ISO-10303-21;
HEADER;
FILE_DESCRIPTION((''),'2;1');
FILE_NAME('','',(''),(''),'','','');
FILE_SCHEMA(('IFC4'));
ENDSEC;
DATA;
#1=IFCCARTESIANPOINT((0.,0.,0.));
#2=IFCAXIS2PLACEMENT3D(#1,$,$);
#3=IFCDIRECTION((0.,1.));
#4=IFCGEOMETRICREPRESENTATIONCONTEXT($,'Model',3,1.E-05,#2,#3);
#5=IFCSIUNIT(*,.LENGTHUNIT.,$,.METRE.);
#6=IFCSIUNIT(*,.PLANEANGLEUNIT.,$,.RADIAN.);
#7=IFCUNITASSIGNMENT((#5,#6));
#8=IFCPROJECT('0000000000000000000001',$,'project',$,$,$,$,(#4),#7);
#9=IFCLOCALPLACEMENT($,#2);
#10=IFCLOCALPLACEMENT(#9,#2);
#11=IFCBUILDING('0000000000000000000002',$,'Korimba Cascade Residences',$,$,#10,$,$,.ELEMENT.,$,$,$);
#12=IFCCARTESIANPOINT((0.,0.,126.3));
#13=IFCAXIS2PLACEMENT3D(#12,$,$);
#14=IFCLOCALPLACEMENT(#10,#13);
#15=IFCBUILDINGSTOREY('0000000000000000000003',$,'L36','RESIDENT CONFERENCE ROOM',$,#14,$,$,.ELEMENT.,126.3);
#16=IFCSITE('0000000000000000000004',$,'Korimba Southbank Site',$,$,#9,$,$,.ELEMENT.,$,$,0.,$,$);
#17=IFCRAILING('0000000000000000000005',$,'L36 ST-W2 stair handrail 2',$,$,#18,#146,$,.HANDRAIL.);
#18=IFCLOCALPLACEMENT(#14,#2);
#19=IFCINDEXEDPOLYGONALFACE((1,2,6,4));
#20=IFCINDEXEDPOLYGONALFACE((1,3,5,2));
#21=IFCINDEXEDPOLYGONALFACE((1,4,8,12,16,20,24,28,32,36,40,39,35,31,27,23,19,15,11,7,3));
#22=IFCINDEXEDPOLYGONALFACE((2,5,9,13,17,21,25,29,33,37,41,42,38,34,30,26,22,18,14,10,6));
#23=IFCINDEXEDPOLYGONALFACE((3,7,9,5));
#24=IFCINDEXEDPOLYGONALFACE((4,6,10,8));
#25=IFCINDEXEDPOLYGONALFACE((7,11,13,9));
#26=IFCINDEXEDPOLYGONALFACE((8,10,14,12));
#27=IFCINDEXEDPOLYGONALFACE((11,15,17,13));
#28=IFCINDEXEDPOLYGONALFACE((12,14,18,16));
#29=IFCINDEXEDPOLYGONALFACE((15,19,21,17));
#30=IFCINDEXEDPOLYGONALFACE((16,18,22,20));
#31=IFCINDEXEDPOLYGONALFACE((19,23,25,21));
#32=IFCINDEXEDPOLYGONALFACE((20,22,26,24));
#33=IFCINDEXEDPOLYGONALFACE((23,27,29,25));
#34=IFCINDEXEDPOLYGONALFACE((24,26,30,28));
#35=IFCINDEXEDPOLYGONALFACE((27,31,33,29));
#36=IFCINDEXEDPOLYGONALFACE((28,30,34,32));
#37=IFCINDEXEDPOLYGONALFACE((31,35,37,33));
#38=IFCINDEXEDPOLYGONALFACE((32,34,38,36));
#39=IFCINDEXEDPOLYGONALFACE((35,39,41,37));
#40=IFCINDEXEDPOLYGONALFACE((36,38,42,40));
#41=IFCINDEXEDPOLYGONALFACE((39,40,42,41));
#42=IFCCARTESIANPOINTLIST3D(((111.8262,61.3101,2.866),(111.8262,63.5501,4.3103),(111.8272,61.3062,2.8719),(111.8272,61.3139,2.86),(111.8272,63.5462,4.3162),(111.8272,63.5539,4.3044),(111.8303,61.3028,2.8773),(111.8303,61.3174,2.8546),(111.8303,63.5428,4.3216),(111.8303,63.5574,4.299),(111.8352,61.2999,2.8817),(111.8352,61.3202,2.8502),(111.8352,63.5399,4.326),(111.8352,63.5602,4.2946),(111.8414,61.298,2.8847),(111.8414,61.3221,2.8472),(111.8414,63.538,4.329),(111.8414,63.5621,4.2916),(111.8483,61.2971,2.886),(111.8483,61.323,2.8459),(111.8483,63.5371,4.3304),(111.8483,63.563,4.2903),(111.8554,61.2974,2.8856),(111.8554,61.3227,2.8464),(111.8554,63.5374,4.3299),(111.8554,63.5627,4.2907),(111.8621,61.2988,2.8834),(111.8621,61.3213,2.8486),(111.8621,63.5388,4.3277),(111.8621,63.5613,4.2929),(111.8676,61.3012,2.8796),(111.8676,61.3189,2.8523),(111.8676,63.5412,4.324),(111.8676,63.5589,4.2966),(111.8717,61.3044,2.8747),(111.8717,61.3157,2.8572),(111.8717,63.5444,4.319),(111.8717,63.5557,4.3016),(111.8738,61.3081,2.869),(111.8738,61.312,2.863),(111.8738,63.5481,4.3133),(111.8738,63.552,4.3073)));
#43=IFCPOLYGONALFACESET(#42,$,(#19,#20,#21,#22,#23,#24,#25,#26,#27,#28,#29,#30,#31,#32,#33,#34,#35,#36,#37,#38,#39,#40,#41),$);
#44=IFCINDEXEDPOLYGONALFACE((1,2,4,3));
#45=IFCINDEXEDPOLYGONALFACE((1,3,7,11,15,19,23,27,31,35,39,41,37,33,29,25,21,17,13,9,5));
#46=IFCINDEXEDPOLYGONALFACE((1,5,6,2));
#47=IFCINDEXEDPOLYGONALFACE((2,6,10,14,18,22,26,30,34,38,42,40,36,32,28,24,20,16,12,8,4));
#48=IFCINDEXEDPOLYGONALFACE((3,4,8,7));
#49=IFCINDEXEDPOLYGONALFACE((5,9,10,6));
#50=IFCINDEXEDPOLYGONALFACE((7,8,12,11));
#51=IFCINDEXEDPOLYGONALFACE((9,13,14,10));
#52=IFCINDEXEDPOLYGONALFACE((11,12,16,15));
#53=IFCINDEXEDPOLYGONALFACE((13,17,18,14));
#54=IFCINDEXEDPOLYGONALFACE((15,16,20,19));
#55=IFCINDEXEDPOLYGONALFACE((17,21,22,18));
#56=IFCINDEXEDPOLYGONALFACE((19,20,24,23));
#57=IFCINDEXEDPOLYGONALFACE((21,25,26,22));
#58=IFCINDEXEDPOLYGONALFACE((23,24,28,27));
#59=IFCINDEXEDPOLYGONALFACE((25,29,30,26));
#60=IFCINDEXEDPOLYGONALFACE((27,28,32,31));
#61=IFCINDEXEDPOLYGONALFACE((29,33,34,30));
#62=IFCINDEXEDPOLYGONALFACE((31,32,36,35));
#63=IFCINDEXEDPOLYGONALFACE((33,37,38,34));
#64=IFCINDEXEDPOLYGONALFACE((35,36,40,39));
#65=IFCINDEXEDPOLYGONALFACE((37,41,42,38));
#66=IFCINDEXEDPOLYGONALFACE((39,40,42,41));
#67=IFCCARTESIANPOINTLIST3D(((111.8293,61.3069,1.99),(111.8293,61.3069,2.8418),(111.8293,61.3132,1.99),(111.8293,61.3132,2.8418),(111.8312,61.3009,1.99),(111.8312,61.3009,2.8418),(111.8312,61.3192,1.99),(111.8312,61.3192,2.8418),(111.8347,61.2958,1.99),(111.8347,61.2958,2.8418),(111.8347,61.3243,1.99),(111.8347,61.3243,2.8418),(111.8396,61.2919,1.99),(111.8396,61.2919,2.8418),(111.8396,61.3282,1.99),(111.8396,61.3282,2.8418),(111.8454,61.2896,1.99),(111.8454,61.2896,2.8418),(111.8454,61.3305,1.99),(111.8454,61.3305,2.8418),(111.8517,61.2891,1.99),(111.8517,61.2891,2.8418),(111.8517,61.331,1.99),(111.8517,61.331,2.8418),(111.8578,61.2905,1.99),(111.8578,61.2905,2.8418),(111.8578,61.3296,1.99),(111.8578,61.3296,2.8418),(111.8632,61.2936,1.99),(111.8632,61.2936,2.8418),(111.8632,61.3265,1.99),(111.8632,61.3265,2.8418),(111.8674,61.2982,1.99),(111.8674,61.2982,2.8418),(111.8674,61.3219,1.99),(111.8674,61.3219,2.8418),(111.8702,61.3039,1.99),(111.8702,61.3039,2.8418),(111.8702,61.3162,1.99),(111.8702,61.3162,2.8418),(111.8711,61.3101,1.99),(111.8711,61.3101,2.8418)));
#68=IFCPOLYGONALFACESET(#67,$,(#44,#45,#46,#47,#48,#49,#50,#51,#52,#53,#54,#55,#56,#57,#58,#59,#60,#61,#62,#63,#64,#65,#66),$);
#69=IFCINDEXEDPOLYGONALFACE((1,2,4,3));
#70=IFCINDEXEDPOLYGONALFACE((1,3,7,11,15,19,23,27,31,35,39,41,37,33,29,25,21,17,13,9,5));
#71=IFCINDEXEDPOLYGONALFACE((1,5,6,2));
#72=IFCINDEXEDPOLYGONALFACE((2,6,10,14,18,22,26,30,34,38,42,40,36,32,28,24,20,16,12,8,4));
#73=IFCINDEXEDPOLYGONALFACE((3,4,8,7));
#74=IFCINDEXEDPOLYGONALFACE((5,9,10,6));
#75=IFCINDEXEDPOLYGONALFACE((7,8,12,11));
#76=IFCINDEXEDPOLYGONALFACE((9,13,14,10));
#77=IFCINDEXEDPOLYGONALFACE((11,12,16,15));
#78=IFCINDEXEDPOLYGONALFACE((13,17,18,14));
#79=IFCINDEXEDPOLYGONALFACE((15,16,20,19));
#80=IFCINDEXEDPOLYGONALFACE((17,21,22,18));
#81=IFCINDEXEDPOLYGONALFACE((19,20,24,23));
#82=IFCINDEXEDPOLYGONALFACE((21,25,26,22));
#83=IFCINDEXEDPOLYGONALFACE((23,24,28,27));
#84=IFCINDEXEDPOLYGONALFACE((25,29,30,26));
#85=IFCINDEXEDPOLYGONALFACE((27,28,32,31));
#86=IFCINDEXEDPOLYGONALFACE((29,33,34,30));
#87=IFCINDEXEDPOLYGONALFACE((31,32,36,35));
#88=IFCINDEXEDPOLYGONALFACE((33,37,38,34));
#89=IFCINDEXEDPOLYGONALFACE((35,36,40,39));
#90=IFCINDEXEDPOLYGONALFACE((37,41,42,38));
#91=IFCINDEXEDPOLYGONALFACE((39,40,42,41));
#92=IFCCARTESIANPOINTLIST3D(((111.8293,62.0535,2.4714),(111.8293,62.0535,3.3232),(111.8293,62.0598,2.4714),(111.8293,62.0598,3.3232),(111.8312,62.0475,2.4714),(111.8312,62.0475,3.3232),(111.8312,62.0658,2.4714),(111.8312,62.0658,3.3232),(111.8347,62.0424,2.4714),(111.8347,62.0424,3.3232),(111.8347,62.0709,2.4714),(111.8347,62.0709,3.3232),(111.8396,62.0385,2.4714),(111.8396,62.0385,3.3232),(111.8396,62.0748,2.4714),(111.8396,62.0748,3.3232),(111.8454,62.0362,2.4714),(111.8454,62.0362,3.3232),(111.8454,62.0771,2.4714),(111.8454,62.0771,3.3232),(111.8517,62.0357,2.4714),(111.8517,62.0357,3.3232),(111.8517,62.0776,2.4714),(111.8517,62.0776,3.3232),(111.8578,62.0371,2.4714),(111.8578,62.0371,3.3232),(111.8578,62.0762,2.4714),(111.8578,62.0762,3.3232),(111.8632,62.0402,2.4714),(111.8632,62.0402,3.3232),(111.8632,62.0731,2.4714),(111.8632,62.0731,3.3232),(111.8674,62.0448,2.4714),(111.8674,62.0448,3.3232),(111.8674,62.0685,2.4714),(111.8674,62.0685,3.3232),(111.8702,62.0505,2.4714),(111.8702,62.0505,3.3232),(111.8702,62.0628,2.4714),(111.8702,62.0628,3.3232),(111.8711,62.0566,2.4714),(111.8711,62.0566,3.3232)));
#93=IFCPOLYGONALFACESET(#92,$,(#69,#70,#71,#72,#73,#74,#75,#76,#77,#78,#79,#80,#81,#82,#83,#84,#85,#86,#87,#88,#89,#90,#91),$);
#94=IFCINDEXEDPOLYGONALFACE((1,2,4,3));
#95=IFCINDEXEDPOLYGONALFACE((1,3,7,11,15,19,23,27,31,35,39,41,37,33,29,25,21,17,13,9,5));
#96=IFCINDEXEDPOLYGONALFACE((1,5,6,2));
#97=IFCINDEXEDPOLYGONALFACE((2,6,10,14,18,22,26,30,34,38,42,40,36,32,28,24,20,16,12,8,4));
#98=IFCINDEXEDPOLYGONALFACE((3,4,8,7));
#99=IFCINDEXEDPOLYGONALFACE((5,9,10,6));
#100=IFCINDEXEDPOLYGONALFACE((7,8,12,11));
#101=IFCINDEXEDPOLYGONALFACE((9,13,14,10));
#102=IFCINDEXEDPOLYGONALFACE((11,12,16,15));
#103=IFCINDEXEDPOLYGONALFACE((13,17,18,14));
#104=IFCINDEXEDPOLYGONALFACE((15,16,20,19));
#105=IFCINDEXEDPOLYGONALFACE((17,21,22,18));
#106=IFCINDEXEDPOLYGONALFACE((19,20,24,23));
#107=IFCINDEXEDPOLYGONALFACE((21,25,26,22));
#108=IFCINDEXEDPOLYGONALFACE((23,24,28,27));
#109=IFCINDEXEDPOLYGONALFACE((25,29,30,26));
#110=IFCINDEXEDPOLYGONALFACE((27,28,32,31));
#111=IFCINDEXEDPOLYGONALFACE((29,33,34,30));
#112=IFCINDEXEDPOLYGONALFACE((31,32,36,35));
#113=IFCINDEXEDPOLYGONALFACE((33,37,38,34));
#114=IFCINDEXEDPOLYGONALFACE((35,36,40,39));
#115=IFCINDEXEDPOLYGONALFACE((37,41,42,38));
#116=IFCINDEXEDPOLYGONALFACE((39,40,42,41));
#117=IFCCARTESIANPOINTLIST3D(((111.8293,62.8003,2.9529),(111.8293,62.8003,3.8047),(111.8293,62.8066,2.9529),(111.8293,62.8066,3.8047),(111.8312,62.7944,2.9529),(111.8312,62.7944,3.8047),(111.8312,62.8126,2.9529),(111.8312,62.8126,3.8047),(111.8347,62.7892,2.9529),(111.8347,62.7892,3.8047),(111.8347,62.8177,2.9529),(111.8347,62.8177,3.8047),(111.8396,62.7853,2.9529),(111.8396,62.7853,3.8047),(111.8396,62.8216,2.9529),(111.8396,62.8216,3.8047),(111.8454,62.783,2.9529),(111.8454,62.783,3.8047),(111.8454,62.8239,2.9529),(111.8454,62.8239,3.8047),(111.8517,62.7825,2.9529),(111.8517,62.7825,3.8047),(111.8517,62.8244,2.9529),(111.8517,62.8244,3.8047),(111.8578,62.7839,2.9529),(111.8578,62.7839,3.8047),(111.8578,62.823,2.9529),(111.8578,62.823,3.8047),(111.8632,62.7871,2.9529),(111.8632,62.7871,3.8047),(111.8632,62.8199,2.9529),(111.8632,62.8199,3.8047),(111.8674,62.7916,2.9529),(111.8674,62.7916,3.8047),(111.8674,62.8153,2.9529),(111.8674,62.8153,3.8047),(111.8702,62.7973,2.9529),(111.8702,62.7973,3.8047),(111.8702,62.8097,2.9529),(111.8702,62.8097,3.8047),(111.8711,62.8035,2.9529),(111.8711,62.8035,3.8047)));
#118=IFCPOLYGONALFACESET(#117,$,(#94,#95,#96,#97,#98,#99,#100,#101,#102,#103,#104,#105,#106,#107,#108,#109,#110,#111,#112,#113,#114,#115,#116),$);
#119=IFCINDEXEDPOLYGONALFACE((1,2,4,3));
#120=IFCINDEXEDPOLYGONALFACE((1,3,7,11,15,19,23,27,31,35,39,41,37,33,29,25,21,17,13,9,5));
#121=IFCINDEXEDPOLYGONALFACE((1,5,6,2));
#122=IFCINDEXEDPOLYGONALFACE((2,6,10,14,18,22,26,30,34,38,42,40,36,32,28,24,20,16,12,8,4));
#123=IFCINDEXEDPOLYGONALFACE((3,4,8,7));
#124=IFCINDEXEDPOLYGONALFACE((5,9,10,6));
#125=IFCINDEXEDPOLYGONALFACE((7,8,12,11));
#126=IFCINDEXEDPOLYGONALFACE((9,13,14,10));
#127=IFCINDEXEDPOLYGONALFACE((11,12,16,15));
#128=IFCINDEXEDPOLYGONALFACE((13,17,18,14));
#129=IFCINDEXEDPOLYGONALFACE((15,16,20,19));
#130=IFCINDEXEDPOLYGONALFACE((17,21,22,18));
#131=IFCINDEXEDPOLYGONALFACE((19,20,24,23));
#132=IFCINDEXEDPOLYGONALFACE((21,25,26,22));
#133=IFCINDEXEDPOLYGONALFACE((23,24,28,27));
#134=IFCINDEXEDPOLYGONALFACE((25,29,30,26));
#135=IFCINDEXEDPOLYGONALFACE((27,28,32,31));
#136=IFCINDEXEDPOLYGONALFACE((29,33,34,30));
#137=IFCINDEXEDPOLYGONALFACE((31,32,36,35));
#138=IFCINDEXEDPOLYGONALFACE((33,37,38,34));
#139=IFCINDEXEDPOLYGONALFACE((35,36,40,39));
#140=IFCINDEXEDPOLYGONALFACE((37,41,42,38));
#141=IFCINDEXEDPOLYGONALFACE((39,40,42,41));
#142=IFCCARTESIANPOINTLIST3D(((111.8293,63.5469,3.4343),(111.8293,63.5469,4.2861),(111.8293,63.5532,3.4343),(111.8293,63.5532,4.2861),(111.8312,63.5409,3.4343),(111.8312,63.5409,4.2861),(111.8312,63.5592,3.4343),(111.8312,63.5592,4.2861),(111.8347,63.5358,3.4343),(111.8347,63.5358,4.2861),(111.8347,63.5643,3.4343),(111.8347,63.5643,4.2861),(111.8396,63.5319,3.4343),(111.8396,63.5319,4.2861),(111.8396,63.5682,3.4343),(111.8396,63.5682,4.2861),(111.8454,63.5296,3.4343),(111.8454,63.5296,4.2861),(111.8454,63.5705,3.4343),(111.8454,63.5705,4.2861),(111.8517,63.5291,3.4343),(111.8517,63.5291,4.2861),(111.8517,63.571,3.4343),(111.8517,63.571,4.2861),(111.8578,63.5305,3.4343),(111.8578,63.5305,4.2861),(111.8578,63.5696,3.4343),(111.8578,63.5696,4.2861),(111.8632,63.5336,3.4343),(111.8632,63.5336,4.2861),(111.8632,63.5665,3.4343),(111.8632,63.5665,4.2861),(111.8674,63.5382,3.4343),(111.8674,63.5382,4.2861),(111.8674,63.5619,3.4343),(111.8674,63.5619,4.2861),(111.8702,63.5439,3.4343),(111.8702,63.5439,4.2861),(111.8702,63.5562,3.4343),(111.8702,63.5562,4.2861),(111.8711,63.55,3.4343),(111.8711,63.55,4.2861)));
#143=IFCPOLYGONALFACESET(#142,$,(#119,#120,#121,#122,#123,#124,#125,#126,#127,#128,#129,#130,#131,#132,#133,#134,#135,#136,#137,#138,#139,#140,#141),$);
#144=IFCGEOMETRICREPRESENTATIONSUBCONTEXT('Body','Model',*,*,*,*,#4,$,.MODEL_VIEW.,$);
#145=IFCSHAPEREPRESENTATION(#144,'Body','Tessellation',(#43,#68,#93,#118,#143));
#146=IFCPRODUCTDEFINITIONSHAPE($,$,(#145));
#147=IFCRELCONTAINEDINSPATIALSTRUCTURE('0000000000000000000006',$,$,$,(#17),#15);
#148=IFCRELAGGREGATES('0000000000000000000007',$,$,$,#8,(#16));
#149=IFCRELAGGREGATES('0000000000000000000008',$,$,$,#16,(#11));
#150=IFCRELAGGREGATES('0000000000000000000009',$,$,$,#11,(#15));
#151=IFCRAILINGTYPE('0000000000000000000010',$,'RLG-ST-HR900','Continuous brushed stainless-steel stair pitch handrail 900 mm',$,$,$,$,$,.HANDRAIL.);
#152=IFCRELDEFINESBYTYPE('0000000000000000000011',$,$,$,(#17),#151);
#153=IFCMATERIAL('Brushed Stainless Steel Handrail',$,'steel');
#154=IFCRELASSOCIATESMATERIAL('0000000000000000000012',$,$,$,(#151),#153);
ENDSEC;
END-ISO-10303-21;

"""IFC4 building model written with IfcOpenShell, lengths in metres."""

from ifc_helpers import new_model, si_unit, direction, frame, origin, origin_2d, place, context, subcontext, project, spatial, circle, extrude, material, type_object, element, save


model = new_model("IFC4")

# Units and contexts
model_context = context("Model", 3, precision=1e-05, world=origin(), true_north=direction((0.0, 1.0)))
body_context = subcontext(model_context, "Body", "Model", "MODEL_VIEW")
ifc_project = project(units=[si_unit("LENGTHUNIT", "METRE"), si_unit("PLANEANGLEUNIT", "RADIAN")], contexts=[model_context])

# Site, building, storey
site_placement = place(None, origin())
site = spatial("IfcSite", under=ifc_project, at=site_placement, Name="Korimba Southbank Site", CompositionType="ELEMENT", RefElevation=0.0)
building_placement = place(site_placement, origin())
building = spatial("IfcBuilding", under=site, at=building_placement, Name="Korimba Cascade Residences", CompositionType="ELEMENT")
storey_placement = place(building_placement, frame((0.0, 0.0, 126.3)))
storey = spatial("IfcBuildingStorey", under=building, at=storey_placement, Name="L36", Description="RESIDENT CONFERENCE ROOM", CompositionType="ELEMENT", Elevation=126.3)

# Railing
ifc_material_1 = material(Name="Brushed Stainless Steel Handrail", Category="steel")
railing_type_1 = type_object("IfcRailingType", Name="RLG-ST-HR900", Description="Continuous brushed stainless-steel stair pitch handrail 900 mm", PredefinedType="HANDRAIL", material=ifc_material_1)
railing_1_placement = place(storey_placement, frame((111.8501, 61.3101, 1.99)))
element("IfcRailing", 1, at=railing_1_placement, inside=storey, type_object=railing_type_1, Name="L36 ST-W2 stair handrail 2", PredefinedType="HANDRAIL", context=body_context, shape_type="SweptSolid", body=[
    extrude(circle(Radius=0.0239, at=origin_2d()), frame((0.0, 0.0, 0.876), z_axis=(0.0, 0.840437, 0.54191), x_axis=(-1.0, 0.0, 0.0)), (0.0, 0.0, 1.0), 2.6653),
    extrude(circle(Radius=0.021, at=origin_2d()), origin(), (0.0, 0.0, 1.0), 0.8518),
    extrude(circle(Radius=0.021, at=origin_2d()), frame((0.0, 0.7466, 0.4814)), (0.0, 0.0, 1.0), 0.8518),
    extrude(circle(Radius=0.021, at=origin_2d()), frame((0.0, 1.4934, 0.9629)), (0.0, 0.0, 1.0), 0.8518),
    extrude(circle(Radius=0.021, at=origin_2d()), frame((0.0, 2.24, 1.4443)), (0.0, 0.0, 1.0), 0.8518),
])

save(model, "model.ifc")
